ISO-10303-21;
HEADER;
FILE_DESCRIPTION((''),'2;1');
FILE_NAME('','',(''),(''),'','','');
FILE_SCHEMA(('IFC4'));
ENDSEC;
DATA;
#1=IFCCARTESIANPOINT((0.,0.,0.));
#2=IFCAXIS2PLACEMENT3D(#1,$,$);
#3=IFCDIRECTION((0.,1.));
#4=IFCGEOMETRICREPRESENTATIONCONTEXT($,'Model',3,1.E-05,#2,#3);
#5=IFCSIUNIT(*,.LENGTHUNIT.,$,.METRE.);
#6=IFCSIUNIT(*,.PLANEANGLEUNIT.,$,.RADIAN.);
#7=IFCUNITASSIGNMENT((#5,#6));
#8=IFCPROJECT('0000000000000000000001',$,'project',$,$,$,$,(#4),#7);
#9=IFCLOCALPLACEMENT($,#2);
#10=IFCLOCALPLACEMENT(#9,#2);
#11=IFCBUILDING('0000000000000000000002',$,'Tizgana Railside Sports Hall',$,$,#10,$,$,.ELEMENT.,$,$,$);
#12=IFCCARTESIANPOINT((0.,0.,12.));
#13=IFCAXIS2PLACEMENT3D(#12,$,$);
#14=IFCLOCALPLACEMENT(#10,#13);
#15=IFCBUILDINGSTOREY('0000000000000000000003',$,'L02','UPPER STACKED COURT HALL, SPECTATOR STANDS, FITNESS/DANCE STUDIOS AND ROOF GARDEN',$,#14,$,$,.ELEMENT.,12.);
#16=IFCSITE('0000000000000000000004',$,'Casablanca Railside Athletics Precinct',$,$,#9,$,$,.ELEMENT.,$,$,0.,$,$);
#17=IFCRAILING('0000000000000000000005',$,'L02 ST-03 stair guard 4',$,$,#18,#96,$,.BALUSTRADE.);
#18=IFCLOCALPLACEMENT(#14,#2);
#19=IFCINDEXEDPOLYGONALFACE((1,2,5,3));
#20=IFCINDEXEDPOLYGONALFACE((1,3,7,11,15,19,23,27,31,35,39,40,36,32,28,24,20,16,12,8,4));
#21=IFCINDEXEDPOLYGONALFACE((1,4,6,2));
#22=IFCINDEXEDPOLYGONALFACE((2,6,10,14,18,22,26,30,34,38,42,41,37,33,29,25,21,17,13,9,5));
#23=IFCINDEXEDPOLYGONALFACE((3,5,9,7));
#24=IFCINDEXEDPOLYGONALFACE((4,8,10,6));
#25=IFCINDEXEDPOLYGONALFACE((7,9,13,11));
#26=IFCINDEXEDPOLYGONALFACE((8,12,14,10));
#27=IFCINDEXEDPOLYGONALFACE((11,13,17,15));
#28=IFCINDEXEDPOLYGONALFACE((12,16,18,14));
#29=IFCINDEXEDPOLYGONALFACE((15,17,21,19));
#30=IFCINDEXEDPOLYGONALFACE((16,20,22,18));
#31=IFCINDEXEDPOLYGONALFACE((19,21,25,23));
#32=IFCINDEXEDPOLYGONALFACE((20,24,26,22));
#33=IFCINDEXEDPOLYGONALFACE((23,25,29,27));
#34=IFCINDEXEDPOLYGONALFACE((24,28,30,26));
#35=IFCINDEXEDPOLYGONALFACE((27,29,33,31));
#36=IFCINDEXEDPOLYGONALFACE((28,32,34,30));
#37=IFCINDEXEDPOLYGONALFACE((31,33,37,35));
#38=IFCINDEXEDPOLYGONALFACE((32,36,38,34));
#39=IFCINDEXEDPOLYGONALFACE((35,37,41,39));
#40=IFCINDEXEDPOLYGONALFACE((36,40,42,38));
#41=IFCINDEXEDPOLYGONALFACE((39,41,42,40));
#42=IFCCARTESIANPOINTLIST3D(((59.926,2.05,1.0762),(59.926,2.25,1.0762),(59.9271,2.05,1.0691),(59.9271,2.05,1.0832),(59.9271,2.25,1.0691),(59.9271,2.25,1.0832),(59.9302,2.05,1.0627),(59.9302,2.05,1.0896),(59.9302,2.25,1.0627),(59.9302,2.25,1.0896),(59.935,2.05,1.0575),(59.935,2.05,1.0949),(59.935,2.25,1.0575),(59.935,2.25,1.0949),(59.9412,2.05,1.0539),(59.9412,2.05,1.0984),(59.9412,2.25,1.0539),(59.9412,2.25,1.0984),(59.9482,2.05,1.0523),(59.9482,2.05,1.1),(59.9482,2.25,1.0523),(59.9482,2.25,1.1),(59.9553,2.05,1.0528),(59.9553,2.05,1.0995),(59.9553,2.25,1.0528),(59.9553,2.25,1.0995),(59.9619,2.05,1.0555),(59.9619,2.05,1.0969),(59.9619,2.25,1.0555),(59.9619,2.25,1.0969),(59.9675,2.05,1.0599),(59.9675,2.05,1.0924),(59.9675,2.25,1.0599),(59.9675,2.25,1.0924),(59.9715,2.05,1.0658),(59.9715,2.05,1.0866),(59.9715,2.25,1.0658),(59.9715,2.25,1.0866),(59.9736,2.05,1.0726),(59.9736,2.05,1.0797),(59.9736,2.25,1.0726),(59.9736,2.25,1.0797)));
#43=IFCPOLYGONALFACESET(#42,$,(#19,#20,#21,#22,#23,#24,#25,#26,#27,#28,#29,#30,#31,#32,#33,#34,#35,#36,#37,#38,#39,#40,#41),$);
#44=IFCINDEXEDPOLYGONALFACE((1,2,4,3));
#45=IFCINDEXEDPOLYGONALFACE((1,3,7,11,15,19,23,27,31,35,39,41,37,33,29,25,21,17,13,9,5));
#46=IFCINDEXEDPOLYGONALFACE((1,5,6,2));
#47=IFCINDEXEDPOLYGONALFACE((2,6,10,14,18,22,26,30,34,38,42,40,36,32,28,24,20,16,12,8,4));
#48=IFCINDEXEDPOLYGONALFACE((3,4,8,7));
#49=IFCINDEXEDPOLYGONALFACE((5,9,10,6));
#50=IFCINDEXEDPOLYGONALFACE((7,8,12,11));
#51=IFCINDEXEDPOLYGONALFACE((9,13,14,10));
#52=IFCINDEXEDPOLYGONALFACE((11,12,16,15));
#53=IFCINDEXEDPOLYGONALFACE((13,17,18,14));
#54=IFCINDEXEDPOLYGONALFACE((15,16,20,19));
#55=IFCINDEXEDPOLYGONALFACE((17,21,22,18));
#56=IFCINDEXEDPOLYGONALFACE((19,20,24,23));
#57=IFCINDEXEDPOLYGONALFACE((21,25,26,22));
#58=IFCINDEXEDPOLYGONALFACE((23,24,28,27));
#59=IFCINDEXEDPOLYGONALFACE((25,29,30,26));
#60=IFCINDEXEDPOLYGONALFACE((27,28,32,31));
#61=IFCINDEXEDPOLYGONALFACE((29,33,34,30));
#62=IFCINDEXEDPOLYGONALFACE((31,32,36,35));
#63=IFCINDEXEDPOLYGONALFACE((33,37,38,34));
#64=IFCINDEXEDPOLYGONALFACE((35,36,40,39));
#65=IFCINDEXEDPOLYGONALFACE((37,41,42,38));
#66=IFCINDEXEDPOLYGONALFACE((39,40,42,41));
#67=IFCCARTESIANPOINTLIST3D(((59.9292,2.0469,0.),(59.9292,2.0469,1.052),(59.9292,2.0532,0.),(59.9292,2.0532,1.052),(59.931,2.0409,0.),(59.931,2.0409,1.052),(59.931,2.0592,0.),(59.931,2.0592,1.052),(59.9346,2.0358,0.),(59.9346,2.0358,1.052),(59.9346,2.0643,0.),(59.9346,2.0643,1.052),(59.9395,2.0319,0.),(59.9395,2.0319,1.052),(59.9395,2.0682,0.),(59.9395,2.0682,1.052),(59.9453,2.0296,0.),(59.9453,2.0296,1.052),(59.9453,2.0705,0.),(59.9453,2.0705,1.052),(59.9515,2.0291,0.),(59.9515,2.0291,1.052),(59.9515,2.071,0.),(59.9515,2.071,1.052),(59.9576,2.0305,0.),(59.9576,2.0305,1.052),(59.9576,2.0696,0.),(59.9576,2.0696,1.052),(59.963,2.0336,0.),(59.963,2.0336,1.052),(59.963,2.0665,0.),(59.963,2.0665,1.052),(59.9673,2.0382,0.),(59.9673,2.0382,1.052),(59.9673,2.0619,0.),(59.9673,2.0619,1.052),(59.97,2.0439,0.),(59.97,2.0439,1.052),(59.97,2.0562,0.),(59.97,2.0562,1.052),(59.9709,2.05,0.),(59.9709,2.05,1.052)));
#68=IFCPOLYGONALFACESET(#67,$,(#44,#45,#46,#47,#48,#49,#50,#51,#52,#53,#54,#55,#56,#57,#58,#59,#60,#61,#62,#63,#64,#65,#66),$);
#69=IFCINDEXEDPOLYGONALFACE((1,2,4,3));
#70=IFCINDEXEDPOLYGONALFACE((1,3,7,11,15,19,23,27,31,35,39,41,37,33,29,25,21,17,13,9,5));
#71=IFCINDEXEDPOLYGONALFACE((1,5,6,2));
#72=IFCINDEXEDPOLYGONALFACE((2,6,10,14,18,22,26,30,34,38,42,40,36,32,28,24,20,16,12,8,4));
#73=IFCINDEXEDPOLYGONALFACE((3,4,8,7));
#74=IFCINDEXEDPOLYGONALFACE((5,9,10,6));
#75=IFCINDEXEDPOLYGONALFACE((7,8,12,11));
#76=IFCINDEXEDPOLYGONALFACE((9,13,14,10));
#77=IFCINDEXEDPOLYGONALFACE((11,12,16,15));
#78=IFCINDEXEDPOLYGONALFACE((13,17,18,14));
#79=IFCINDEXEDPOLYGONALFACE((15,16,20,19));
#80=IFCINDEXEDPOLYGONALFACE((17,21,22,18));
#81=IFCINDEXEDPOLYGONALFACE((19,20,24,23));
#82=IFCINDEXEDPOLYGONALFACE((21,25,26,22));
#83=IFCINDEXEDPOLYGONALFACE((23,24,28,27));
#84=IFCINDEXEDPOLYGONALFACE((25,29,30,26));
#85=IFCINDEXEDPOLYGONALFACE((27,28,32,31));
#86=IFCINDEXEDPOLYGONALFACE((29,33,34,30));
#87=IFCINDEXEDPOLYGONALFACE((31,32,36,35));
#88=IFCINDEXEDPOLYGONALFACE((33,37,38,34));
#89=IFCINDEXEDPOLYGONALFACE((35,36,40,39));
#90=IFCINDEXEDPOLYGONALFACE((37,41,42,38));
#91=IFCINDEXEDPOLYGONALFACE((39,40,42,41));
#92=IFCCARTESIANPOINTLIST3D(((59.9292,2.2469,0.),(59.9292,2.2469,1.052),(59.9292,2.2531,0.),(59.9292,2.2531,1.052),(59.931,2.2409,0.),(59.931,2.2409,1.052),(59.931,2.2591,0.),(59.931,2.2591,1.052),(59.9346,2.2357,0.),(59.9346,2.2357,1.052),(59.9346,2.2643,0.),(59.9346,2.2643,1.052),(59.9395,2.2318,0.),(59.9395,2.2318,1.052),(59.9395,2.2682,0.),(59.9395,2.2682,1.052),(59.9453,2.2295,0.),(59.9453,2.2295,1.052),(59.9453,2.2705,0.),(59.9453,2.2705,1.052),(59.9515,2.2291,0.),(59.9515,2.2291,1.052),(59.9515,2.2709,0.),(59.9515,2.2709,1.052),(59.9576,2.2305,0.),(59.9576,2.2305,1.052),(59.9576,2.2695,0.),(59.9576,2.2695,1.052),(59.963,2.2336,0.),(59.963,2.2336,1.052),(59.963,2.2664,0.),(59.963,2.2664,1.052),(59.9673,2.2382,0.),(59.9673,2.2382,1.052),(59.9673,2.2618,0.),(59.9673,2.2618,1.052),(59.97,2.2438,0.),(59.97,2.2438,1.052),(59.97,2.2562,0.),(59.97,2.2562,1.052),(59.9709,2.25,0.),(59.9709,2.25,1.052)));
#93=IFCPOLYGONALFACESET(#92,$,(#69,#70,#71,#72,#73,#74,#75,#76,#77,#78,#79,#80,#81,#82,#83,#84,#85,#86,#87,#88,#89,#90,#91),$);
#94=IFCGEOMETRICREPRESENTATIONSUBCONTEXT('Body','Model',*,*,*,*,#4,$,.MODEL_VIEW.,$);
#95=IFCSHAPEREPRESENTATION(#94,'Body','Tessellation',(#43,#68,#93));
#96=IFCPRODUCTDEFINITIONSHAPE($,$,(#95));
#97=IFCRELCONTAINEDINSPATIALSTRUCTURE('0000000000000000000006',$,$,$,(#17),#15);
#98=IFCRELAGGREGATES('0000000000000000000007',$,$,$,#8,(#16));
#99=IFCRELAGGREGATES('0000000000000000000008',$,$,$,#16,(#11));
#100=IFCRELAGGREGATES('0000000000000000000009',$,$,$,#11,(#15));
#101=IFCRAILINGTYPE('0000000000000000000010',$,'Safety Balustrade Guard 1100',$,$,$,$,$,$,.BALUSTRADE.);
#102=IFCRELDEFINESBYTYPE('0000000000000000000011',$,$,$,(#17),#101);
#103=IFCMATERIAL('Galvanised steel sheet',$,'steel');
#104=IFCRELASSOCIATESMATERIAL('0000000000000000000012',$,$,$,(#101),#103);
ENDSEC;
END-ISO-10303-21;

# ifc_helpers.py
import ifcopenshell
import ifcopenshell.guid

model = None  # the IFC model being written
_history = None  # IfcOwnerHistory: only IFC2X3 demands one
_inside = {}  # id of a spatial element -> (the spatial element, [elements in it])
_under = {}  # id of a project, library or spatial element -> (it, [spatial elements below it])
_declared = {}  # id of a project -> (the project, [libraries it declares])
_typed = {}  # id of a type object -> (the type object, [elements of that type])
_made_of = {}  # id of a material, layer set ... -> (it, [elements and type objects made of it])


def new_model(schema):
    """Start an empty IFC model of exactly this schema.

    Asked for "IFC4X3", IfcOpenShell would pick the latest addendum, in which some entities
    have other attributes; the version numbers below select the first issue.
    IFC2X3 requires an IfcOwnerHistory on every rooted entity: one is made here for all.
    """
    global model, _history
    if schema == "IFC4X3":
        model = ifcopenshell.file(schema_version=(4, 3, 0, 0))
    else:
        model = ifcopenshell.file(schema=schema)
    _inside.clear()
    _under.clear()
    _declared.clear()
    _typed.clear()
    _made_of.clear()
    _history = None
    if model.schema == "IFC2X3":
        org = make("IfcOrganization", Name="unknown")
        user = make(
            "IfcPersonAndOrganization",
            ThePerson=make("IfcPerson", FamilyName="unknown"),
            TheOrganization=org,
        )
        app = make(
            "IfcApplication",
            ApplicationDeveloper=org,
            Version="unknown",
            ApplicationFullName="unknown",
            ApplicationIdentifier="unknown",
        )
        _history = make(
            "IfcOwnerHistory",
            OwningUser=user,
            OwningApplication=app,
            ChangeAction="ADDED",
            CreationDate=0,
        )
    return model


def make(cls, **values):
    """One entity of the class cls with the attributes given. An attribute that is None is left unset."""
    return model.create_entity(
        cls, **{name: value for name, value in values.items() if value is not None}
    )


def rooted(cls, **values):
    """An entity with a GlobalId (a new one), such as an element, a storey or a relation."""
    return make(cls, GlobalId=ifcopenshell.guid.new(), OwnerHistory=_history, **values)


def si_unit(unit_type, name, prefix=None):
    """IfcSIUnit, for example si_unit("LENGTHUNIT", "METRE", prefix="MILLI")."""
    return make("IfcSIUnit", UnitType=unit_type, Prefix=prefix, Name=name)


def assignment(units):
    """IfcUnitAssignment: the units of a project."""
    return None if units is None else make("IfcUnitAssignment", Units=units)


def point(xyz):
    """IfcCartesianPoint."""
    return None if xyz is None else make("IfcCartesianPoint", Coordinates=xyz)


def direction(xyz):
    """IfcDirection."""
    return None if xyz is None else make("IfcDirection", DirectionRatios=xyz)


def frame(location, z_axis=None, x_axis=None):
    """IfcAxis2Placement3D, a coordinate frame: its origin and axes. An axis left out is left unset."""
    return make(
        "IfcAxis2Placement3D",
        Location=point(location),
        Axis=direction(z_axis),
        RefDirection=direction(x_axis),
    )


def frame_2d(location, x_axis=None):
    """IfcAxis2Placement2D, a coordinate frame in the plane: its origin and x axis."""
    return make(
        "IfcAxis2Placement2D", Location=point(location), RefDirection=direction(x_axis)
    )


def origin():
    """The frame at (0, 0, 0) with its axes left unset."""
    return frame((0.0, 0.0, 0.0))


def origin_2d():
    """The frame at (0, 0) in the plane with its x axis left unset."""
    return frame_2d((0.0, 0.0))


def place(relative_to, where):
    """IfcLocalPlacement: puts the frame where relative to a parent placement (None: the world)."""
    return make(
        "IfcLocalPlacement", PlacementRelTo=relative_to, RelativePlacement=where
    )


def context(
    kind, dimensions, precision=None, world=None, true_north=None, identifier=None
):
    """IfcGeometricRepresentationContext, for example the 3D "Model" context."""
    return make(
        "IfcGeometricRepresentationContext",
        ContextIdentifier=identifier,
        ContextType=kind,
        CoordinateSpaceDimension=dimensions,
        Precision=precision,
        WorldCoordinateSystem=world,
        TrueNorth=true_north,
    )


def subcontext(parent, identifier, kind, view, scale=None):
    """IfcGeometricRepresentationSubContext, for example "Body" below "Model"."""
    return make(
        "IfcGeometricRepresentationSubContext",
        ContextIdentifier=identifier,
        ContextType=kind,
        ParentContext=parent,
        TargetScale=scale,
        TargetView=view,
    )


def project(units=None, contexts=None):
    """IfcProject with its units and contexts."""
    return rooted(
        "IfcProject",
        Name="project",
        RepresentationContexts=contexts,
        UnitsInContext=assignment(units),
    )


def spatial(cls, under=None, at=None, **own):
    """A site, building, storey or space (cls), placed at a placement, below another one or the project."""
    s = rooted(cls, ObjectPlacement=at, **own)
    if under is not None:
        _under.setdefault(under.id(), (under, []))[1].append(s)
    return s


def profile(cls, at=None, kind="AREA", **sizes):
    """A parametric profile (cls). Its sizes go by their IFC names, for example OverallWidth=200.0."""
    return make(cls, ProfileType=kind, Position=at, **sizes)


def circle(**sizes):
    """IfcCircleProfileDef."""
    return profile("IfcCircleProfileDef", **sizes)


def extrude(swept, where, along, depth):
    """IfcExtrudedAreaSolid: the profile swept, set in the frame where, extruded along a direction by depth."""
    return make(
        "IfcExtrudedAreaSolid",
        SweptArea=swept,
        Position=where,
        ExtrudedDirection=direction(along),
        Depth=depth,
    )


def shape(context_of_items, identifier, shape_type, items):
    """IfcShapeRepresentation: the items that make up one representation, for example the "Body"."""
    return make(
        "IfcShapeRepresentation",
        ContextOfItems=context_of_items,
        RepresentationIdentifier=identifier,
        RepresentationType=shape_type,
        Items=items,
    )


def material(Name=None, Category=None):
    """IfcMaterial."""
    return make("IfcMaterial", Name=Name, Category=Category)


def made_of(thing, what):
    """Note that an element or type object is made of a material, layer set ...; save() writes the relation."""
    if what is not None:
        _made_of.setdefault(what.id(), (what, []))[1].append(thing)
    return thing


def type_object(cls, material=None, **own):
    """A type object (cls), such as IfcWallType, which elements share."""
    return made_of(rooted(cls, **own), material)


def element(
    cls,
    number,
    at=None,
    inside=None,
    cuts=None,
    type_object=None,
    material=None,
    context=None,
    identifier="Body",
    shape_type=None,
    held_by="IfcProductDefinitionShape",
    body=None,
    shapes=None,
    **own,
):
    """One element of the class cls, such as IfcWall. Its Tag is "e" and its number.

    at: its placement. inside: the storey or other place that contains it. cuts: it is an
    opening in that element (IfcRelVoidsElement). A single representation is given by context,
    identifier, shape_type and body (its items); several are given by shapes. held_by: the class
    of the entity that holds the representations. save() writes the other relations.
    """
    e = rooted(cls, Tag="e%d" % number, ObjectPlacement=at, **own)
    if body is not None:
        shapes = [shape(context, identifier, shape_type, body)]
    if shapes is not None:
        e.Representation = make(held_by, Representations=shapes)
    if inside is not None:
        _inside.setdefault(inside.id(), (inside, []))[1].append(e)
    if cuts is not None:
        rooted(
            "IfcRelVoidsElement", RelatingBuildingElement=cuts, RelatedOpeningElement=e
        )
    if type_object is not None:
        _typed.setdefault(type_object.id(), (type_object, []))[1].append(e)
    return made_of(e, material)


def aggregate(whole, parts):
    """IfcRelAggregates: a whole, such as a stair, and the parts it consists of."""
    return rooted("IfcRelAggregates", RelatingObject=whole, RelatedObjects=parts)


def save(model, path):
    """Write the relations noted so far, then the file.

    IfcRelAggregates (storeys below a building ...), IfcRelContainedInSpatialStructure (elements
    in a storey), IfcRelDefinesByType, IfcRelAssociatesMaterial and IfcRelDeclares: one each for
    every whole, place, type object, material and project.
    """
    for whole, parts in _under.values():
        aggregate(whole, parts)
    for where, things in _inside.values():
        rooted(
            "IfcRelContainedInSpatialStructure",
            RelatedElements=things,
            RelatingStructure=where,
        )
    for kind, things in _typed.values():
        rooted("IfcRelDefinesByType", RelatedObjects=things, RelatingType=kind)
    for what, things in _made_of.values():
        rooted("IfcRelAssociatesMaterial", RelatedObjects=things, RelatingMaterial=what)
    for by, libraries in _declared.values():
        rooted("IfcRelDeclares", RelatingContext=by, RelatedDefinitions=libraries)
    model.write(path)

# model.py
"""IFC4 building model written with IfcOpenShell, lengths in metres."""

from ifc_helpers import new_model, si_unit, direction, frame, origin, origin_2d, place, context, subcontext, project, spatial, circle, extrude, material, type_object, element, save


model = new_model("IFC4")

# Units and contexts
model_context = context("Model", 3, precision=1e-05, world=origin(), true_north=direction((0.0, 1.0)))
body_context = subcontext(model_context, "Body", "Model", "MODEL_VIEW")
ifc_project = project(units=[si_unit("LENGTHUNIT", "METRE"), si_unit("PLANEANGLEUNIT", "RADIAN")], contexts=[model_context])

# Site, building, storey
site_placement = place(None, origin())
site = spatial("IfcSite", under=ifc_project, at=site_placement, Name="Casablanca Railside Athletics Precinct", CompositionType="ELEMENT", RefElevation=0.0)
building_placement = place(site_placement, origin())
building = spatial("IfcBuilding", under=site, at=building_placement, Name="Tizgana Railside Sports Hall", CompositionType="ELEMENT")
storey_placement = place(building_placement, frame((0.0, 0.0, 12.0)))
storey = spatial("IfcBuildingStorey", under=building, at=storey_placement, Name="L02", Description="UPPER STACKED COURT HALL, SPECTATOR STANDS, FITNESS/DANCE STUDIOS AND ROOF GARDEN", CompositionType="ELEMENT", Elevation=12.0)

# Railing
ifc_material_1 = material(Name="Galvanised steel sheet", Category="steel")
railing_type_1 = type_object("IfcRailingType", Name="Safety Balustrade Guard 1100", PredefinedType="BALUSTRADE", material=ifc_material_1)
railing_1_placement = place(storey_placement, frame((59.95, 2.05, 0.0)))
element("IfcRailing", 1, at=railing_1_placement, inside=storey, type_object=railing_type_1, Name="L02 ST-03 stair guard 4", PredefinedType="BALUSTRADE", context=body_context, shape_type="SweptSolid", body=[
    extrude(circle(Radius=0.0239, at=origin_2d()), frame((0.0, 0.0, 1.0762), z_axis=(0.0, 1.0, 0.0), x_axis=(-1.0, 0.0, 0.0)), (0.0, 0.0, 1.0), 0.2),
    extrude(circle(Radius=0.021, at=origin_2d()), origin(), (0.0, 0.0, 1.0), 1.052),
    extrude(circle(Radius=0.021, at=origin_2d()), frame((0.0, 0.2, 0.0)), (0.0, 0.0, 1.0), 1.052),
])

save(model, "model.ifc")
